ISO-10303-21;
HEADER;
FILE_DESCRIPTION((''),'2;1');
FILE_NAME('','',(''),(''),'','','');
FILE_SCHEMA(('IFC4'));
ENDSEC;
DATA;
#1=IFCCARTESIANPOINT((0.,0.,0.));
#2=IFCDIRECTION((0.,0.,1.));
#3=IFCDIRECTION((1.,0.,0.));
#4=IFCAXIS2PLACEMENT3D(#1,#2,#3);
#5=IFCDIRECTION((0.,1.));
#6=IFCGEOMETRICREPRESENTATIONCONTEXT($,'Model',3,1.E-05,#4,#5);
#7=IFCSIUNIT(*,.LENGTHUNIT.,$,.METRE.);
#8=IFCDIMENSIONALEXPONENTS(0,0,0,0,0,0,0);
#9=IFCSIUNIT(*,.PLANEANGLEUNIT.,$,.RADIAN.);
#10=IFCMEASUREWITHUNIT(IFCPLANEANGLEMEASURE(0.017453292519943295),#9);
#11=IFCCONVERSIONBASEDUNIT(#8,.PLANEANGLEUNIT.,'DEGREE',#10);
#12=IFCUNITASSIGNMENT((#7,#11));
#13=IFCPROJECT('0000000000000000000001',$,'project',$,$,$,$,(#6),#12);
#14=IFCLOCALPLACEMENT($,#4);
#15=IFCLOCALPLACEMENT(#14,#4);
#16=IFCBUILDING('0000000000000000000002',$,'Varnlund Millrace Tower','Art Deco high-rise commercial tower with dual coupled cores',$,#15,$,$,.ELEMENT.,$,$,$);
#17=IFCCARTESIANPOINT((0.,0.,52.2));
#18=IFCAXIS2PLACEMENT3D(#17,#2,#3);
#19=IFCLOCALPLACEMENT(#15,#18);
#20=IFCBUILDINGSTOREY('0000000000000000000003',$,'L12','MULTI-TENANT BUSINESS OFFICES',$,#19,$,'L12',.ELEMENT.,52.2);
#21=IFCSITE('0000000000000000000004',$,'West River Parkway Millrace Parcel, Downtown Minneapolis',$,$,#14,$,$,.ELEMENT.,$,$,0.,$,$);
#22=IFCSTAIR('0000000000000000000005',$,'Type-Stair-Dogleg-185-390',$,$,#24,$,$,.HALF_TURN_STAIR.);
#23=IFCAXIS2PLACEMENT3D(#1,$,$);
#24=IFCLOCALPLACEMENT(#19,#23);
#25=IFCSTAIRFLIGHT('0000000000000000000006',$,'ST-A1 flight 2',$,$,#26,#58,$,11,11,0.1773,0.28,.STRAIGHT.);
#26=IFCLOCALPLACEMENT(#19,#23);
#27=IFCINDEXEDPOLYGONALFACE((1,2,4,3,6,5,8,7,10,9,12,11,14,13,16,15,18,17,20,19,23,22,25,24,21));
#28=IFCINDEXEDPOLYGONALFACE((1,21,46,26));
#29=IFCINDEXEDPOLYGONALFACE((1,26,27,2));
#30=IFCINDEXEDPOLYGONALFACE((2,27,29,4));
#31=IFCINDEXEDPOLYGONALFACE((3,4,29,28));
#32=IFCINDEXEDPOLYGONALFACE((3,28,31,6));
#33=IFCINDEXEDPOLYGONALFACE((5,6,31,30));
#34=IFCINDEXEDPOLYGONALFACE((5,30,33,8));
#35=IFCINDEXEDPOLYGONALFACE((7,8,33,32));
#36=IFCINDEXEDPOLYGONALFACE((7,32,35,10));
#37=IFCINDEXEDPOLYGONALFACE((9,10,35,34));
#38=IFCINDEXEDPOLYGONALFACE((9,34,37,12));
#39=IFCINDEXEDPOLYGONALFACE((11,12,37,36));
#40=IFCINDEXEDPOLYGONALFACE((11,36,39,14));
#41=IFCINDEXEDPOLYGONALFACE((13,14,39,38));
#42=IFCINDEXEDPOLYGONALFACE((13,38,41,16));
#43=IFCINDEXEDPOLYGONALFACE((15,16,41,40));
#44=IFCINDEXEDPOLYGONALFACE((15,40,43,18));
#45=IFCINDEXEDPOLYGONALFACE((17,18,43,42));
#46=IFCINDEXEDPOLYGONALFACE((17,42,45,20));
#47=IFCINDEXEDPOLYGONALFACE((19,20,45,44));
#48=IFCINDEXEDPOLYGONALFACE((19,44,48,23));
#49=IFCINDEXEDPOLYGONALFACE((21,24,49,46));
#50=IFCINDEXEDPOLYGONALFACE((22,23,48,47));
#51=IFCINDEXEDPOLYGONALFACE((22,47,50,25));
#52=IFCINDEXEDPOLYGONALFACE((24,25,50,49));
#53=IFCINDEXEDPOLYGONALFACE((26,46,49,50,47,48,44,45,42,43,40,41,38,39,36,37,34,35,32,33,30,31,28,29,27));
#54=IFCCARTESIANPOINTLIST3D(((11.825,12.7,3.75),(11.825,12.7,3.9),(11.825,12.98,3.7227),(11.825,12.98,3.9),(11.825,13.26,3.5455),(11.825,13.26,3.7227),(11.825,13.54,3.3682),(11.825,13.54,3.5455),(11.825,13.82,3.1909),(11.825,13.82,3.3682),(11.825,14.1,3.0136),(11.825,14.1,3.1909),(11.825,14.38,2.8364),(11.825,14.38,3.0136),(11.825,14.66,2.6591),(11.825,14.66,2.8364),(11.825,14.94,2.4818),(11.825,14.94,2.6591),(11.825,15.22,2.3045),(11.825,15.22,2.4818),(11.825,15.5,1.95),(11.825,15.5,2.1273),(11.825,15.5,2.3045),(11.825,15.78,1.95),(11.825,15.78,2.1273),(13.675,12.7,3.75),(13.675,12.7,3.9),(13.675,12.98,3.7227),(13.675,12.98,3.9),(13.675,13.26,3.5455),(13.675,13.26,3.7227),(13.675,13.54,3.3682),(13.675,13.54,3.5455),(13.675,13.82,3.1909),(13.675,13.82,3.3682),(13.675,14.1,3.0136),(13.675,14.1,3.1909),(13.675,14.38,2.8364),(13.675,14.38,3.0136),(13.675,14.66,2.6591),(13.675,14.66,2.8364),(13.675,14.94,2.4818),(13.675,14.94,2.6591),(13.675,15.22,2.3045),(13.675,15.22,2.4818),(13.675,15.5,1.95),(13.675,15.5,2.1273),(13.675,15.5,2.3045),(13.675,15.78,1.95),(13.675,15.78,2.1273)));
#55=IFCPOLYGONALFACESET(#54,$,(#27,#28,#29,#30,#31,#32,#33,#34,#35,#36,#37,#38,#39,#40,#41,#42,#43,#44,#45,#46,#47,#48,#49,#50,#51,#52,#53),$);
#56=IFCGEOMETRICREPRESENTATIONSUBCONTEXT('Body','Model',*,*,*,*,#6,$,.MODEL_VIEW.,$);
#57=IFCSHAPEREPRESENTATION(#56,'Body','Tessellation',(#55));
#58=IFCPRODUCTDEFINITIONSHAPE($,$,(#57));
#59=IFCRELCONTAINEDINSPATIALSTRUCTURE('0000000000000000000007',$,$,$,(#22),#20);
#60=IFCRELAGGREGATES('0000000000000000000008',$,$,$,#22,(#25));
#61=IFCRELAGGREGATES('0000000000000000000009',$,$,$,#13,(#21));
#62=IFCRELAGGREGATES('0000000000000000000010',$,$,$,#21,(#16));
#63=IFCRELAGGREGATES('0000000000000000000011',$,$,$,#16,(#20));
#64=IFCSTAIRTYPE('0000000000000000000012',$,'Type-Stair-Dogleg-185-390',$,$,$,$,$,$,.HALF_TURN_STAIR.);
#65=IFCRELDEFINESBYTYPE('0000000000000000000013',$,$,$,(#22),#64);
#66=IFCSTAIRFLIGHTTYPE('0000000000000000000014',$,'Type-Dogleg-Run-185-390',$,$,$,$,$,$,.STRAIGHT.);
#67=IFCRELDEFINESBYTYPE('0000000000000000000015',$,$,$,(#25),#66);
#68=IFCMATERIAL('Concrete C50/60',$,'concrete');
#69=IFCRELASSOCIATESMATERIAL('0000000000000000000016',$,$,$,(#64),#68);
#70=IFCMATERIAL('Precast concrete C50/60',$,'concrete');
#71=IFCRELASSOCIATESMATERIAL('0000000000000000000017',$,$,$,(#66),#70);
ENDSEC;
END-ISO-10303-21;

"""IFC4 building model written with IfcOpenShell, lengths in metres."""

from ifc_helpers import new_model, entity, si_unit, converted_unit, direction, frame, origin_with_axes, place, context, subcontext, project, spatial, polyline, outline, extrude, material, type_object, element, aggregate, save


model = new_model("IFC4")

# Units and contexts
model_context = context("Model", 3, precision=1e-05, world=origin_with_axes(), true_north=direction((0.0, 1.0)))
body_context = subcontext(model_context, "Body", "Model", "MODEL_VIEW")
ifc_project = project(units=[si_unit("LENGTHUNIT", "METRE"), converted_unit("PLANEANGLEUNIT", "DEGREE", entity("IfcPlaneAngleMeasure", 0.017453292519943295), si_unit("PLANEANGLEUNIT", "RADIAN"), dimensions=[0, 0, 0, 0, 0, 0, 0])], contexts=[model_context])

# Site, building, storey
site_placement = place(None, origin_with_axes())
site = spatial("IfcSite", under=ifc_project, at=site_placement, Name="West River Parkway Millrace Parcel, Downtown Minneapolis", CompositionType="ELEMENT", RefElevation=0.0)
building_placement = place(site_placement, origin_with_axes())
building = spatial("IfcBuilding", under=site, at=building_placement, Name="Varnlund Millrace Tower", Description="Art Deco high-rise commercial tower with dual coupled cores", CompositionType="ELEMENT")
storey_placement = place(building_placement, frame((0.0, 0.0, 52.2), z_axis=(0.0, 0.0, 1.0), x_axis=(1.0, 0.0, 0.0)))
storey = spatial("IfcBuildingStorey", under=building, at=storey_placement, Name="L12", Description="MULTI-TENANT BUSINESS OFFICES", LongName="L12", CompositionType="ELEMENT", Elevation=52.2)

# Stair
ifc_material_1 = material(Name="Concrete C50/60", Category="concrete")
stair_type_1 = type_object("IfcStairType", Name="Type-Stair-Dogleg-185-390", PredefinedType="HALF_TURN_STAIR", material=ifc_material_1)
stair_1_placement = place(storey_placement, origin_with_axes())
stair_1 = element("IfcStair", 1, at=stair_1_placement, inside=storey, type_object=stair_type_1, Name="Type-Stair-Dogleg-185-390", PredefinedType="HALF_TURN_STAIR")

# Stair flight
ifc_material_2 = material(Name="Precast concrete C50/60", Category="concrete")
stair_flight_type = type_object("IfcStairFlightType", Name="Type-Dogleg-Run-185-390", PredefinedType="STRAIGHT", material=ifc_material_2)
stair_flight_1_placement = place(storey_placement, frame((13.675, 15.78, 1.95), z_axis=(-1.0, 0.0, 0.0), x_axis=(0.0, -1.0, 0.0)))
stair_flight_1 = element("IfcStairFlight", 2, at=stair_flight_1_placement, type_object=stair_flight_type, Name="ST-A1 flight 2", NumberOfRisers=11, NumberOfTreads=11, PredefinedType="STRAIGHT", RiserHeight=0.1773, TreadLength=0.28, context=body_context, shape_type="SweptSolid", body=[
    extrude(outline(polyline([(0.0, 0.0), (0.0, 0.1773), (0.28, 0.1773), (0.28, 0.3545), (0.56, 0.3545), (0.56, 0.5318), (0.84, 0.5318), (0.84, 0.7091), (1.12, 0.7091), (1.12, 0.8864), (1.4, 0.8864), (1.4, 1.0636), (1.68, 1.0636), (1.68, 1.2409), (1.96, 1.2409), (1.96, 1.4182), (2.24, 1.4182), (2.24, 1.5955), (2.52, 1.5955), (2.52, 1.7727), (2.8, 1.7727), (2.8, 1.95), (3.08, 1.95), (3.08, 1.8), (0.28, 0.0), (0.0, 0.0)])), origin_with_axes(), (0.0, 0.0, 1.0), 1.85),
])
aggregate(stair_1, [stair_flight_1])

save(model, "model.ifc")
